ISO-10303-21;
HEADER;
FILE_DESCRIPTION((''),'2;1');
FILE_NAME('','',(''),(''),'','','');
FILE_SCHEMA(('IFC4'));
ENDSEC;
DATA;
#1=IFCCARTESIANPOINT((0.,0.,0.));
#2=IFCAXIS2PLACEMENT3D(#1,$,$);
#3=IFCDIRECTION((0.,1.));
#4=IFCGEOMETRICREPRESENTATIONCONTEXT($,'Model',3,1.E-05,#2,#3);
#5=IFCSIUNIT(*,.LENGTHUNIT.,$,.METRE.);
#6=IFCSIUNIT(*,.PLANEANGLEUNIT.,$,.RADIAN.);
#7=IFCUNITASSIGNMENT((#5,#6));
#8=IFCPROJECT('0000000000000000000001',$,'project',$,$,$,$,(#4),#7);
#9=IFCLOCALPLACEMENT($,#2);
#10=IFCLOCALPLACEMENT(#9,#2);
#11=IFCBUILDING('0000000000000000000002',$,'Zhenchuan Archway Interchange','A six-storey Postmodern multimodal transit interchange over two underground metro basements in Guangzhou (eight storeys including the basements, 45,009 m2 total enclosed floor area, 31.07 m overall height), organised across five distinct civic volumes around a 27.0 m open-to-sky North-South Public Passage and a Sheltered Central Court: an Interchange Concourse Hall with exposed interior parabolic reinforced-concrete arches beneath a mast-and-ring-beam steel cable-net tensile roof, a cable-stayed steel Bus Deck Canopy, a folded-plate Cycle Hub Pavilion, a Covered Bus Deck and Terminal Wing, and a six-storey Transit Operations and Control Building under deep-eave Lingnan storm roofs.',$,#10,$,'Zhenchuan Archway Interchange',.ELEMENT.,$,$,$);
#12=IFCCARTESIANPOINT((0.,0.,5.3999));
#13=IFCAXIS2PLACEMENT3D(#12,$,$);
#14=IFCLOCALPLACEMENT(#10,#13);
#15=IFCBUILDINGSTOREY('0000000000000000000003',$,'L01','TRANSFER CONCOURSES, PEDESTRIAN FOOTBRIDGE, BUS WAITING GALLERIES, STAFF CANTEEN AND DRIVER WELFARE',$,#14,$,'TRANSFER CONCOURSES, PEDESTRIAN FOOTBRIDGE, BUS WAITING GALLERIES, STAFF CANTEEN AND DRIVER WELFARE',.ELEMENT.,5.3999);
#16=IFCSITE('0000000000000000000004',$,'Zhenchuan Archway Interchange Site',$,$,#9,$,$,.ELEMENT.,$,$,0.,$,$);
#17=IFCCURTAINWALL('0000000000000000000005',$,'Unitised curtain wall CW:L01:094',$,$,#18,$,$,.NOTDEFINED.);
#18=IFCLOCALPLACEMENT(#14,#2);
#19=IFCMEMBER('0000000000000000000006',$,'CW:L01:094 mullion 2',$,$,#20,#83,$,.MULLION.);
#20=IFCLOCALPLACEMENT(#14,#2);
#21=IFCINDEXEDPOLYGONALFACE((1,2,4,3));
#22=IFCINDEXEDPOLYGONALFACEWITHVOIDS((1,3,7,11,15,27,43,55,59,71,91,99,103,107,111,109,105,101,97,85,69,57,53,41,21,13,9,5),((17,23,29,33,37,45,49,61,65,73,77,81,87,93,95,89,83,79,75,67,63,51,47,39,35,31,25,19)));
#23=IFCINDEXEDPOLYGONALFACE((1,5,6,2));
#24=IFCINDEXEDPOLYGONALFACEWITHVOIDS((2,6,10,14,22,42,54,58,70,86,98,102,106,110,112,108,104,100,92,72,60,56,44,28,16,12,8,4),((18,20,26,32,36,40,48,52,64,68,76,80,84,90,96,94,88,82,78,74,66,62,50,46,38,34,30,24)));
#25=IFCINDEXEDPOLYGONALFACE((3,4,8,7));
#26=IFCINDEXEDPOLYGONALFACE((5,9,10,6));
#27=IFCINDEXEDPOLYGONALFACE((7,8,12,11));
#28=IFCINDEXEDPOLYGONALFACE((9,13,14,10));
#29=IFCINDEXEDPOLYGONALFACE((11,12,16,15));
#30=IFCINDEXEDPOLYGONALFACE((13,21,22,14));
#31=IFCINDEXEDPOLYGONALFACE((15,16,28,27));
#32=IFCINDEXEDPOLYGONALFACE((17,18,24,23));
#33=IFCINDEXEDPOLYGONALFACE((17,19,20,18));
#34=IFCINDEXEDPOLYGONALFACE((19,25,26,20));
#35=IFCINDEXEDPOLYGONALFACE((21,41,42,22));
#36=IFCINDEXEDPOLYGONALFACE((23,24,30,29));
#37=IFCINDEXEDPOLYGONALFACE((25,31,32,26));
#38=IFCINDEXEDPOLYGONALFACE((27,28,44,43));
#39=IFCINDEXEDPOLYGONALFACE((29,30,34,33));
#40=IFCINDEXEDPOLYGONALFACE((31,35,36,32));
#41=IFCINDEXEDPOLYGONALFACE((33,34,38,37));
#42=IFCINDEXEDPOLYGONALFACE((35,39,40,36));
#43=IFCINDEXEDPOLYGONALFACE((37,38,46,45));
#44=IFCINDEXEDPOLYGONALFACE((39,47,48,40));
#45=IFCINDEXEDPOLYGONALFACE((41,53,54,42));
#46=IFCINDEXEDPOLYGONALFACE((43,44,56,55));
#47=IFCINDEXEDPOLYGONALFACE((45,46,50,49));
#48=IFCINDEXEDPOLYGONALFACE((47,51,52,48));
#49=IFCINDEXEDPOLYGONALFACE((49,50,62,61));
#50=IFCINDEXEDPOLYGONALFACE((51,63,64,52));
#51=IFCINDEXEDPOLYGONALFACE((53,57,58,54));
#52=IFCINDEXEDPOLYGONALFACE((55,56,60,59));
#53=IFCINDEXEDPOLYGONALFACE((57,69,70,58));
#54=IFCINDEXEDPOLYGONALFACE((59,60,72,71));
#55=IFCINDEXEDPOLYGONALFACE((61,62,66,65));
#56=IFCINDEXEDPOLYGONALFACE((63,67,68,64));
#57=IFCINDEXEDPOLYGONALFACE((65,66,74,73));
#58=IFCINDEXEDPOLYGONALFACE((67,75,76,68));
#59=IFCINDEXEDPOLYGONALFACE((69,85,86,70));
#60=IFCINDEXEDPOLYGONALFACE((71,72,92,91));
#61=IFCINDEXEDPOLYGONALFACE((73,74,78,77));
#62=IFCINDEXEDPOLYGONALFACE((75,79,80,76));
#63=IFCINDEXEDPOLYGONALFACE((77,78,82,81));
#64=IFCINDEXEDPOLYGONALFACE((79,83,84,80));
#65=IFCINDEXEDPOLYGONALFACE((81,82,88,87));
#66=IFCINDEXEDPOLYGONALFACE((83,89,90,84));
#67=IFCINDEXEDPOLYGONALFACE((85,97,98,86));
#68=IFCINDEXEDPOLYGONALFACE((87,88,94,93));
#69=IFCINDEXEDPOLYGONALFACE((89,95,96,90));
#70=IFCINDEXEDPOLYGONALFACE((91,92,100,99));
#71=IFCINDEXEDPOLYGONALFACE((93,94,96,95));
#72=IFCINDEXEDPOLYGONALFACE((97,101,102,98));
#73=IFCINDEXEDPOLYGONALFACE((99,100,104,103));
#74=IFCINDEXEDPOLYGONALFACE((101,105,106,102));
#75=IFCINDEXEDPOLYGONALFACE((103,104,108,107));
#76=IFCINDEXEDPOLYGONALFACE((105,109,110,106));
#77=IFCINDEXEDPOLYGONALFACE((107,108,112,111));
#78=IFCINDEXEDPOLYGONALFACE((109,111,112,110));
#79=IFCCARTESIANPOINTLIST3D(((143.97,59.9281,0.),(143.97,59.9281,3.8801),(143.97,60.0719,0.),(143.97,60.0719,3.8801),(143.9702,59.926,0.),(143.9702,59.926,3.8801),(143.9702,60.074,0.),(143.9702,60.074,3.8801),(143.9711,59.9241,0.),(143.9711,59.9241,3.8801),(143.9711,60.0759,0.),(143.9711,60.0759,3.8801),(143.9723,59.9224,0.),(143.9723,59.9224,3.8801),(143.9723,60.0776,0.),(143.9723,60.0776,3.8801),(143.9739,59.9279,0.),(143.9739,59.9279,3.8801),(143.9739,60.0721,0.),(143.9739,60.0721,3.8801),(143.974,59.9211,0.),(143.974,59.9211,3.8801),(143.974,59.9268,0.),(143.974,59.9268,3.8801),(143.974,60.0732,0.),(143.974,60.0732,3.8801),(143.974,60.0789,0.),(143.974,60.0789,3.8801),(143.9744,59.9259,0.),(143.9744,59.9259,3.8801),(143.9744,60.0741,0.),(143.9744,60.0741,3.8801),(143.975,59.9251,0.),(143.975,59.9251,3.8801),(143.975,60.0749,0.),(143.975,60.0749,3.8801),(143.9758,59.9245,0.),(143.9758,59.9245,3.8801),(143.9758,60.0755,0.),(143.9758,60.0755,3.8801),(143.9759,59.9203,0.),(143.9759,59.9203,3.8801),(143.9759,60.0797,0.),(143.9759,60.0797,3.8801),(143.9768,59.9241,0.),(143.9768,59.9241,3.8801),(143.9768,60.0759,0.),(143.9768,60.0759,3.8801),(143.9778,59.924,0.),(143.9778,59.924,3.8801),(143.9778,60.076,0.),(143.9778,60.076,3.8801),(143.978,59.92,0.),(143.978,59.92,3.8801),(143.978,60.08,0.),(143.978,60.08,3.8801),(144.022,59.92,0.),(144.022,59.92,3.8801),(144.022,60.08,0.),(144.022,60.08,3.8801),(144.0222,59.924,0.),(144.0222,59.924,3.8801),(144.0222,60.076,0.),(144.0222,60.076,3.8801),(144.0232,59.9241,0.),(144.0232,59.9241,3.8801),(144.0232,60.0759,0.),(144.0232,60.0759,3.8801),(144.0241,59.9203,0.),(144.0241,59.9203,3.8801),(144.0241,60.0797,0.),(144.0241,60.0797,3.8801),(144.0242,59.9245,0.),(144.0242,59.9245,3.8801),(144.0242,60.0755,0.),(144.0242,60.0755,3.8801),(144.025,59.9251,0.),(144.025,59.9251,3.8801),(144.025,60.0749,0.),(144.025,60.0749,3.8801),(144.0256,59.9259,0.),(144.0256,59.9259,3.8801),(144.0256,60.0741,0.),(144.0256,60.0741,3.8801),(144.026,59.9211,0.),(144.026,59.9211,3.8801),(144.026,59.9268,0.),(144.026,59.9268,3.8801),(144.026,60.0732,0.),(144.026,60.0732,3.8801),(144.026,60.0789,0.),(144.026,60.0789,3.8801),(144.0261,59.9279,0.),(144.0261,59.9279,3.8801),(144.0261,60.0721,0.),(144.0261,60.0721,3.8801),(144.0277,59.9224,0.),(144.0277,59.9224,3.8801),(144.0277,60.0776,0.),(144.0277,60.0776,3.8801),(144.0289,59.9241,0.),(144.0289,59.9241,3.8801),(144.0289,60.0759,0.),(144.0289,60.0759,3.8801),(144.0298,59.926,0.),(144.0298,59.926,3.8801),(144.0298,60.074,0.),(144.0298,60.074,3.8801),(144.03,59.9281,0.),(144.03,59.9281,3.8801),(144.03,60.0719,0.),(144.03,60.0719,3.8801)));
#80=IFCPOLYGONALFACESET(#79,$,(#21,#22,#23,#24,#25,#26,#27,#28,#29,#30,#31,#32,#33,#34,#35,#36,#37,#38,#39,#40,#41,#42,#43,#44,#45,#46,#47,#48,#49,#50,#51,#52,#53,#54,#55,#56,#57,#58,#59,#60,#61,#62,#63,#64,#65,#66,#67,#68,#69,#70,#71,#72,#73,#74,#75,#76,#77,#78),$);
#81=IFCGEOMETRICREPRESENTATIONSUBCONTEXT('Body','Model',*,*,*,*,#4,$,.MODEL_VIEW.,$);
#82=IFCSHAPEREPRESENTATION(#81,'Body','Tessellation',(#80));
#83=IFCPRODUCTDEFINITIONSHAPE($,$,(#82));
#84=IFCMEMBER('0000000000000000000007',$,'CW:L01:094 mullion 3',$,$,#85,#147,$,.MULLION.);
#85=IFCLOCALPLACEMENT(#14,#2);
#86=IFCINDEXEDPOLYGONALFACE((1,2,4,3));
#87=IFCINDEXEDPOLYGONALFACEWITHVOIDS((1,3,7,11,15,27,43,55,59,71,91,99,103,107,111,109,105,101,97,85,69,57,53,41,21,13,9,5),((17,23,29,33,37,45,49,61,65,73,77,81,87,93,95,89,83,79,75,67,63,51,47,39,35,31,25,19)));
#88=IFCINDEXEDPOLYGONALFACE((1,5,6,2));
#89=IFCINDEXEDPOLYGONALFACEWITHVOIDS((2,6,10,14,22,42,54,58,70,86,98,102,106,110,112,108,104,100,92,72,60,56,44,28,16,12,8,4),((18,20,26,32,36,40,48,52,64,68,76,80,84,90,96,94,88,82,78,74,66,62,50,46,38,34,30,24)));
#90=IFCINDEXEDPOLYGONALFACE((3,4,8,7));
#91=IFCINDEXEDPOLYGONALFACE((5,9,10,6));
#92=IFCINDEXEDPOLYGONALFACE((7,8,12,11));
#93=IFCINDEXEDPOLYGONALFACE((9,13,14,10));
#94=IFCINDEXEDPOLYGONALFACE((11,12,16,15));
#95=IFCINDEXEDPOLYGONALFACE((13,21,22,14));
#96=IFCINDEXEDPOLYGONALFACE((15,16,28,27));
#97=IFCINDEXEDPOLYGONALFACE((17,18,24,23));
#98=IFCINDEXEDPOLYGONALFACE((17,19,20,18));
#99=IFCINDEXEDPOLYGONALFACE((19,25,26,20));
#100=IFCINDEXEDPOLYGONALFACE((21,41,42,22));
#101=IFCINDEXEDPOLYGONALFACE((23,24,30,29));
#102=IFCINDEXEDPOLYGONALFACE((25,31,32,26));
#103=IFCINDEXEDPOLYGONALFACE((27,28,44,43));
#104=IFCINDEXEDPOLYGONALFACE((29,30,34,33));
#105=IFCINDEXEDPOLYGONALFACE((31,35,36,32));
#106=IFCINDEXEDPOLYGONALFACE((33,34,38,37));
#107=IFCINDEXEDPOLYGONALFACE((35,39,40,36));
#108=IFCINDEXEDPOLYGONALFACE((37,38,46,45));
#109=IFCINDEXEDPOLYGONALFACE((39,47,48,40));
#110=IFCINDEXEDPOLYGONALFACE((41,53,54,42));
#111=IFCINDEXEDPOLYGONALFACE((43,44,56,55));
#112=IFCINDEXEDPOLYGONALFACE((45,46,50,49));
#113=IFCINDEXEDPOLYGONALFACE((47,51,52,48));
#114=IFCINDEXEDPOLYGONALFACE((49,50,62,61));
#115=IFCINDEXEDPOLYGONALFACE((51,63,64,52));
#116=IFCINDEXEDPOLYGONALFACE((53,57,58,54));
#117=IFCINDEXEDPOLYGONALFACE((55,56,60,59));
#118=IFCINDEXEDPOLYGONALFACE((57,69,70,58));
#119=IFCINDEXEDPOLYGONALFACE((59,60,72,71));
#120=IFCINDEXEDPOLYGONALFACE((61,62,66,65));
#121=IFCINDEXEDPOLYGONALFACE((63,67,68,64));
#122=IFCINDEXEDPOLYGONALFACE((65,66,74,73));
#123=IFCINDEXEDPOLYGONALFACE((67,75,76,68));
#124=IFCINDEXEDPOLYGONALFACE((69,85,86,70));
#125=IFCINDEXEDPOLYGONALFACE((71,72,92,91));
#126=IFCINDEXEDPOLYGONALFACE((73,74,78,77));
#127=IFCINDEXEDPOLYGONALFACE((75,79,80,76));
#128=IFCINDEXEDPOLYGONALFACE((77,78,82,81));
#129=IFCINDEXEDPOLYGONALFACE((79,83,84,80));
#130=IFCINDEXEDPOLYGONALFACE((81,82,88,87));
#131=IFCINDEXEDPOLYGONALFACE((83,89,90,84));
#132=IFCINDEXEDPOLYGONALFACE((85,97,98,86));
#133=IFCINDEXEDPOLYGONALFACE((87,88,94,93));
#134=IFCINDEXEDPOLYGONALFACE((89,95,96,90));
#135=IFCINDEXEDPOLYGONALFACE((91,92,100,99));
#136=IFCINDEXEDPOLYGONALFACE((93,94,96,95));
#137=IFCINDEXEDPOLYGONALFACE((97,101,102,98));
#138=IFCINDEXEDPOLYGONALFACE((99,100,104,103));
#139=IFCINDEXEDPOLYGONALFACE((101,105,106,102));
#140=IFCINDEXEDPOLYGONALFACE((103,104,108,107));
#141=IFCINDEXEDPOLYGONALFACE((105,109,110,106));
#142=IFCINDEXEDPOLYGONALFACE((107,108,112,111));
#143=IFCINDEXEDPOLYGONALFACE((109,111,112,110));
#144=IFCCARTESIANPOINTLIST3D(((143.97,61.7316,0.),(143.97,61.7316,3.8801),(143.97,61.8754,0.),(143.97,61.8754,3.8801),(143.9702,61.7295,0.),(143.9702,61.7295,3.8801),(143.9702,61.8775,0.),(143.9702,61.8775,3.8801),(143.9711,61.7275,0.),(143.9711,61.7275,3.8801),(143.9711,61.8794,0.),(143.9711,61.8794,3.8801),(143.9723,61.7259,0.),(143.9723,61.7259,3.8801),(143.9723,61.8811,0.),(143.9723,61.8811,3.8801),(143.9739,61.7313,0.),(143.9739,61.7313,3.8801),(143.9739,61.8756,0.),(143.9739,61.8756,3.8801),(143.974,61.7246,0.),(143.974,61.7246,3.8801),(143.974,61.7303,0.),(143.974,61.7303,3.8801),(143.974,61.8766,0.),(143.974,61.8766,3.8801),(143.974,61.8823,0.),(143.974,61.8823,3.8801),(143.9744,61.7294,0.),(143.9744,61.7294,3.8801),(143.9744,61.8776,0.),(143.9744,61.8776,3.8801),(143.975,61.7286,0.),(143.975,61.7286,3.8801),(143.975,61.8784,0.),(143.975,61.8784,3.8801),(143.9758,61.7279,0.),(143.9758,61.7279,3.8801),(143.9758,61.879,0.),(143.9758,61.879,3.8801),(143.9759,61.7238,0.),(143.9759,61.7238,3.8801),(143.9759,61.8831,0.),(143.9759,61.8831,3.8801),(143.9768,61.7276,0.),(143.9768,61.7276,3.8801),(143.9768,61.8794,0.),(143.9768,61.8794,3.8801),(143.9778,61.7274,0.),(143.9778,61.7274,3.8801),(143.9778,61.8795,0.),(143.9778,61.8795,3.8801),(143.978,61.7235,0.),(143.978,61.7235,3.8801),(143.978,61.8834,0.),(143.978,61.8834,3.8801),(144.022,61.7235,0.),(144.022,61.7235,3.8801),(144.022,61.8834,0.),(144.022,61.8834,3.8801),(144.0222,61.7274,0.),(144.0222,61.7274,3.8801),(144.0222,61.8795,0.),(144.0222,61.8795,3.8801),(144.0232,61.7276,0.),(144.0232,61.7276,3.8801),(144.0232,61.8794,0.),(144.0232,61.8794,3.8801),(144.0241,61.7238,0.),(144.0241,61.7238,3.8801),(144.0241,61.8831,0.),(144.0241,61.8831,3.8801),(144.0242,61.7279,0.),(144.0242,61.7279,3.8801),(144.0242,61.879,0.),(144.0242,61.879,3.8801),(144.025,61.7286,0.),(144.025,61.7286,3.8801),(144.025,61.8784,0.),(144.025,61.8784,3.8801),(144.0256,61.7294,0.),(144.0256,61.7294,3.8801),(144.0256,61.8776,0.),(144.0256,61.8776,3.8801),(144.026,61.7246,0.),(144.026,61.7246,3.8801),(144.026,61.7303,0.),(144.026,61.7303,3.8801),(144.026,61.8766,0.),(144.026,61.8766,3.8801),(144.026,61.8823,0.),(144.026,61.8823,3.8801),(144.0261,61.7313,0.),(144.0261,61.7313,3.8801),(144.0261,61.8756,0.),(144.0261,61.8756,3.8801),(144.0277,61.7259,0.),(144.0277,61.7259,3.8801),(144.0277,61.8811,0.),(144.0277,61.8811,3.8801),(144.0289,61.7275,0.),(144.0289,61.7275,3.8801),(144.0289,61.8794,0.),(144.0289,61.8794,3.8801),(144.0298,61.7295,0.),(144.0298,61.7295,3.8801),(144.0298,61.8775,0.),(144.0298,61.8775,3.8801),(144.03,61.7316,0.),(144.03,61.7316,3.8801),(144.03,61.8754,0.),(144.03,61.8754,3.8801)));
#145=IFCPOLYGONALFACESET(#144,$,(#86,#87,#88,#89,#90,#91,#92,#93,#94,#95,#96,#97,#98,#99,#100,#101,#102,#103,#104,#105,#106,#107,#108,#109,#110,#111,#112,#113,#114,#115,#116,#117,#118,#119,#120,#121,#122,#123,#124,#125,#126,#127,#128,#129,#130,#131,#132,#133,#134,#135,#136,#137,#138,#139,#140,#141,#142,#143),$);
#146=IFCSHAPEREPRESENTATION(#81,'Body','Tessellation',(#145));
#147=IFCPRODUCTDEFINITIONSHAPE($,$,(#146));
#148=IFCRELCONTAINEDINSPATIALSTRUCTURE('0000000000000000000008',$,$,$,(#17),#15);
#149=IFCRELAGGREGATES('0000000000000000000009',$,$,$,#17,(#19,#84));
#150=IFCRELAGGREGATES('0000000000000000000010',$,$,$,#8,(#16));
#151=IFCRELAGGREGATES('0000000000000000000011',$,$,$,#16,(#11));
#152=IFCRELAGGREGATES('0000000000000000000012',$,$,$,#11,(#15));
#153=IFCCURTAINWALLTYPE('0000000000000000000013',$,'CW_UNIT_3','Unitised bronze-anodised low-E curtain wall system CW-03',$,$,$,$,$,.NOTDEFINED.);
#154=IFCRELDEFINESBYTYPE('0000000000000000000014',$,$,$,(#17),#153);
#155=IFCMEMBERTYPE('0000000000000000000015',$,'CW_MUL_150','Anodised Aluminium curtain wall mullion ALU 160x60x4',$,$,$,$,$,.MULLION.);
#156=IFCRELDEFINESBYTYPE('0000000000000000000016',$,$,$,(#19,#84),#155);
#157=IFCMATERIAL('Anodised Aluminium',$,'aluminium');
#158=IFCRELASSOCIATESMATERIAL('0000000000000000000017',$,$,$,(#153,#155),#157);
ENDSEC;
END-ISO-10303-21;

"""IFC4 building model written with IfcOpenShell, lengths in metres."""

from ifc_helpers import new_model, si_unit, direction, frame, origin, origin_2d, place, context, subcontext, project, spatial, hollow_rectangle, extrude, material, material_profile, profile_set, type_object, element, aggregate, save


model = new_model("IFC4")

# Units and contexts
model_context = context("Model", 3, precision=1e-05, world=origin(), true_north=direction((0.0, 1.0)))
body_context = subcontext(model_context, "Body", "Model", "MODEL_VIEW")
ifc_project = project(units=[si_unit("LENGTHUNIT", "METRE"), si_unit("PLANEANGLEUNIT", "RADIAN")], contexts=[model_context])

# Site, building, storey
site_placement = place(None, origin())
site = spatial("IfcSite", under=ifc_project, at=site_placement, Name="Zhenchuan Archway Interchange Site", CompositionType="ELEMENT", RefElevation=0.0)
building_placement = place(site_placement, origin())
building = spatial("IfcBuilding", under=site, at=building_placement, Name="Zhenchuan Archway Interchange", Description="A six-storey Postmodern multimodal transit interchange over two underground metro basements in Guangzhou (eight storeys including the basements, 45,009 m2 total enclosed floor area, 31.07 m overall height), organised across five distinct civic volumes around a 27.0 m open-to-sky North-South Public Passage and a Sheltered Central Court: an Interchange Concourse Hall with exposed interior parabolic reinforced-concrete arches beneath a mast-and-ring-beam steel cable-net tensile roof, a cable-stayed steel Bus Deck Canopy, a folded-plate Cycle Hub Pavilion, a Covered Bus Deck and Terminal Wing, and a six-storey Transit Operations and Control Building under deep-eave Lingnan storm roofs.", LongName="Zhenchuan Archway Interchange", CompositionType="ELEMENT")
storey_placement = place(building_placement, frame((0.0, 0.0, 5.3999)))
storey = spatial("IfcBuildingStorey", under=building, at=storey_placement, Name="L01", Description="TRANSFER CONCOURSES, PEDESTRIAN FOOTBRIDGE, BUS WAITING GALLERIES, STAFF CANTEEN AND DRIVER WELFARE", LongName="TRANSFER CONCOURSES, PEDESTRIAN FOOTBRIDGE, BUS WAITING GALLERIES, STAFF CANTEEN AND DRIVER WELFARE", CompositionType="ELEMENT", Elevation=5.3999)

# Curtain wall, members
ifc_material_1 = material(Name="Anodised Aluminium", Category="aluminium")
curtain_wall_type = type_object("IfcCurtainWallType", Name="CW_UNIT_3", Description="Unitised bronze-anodised low-E curtain wall system CW-03", PredefinedType="NOTDEFINED", material=ifc_material_1)
curtain_wall_placement = place(storey_placement, origin())
curtain_wall = element("IfcCurtainWall", 1, at=curtain_wall_placement, inside=storey, type_object=curtain_wall_type, Name="Unitised curtain wall CW:L01:094", PredefinedType="NOTDEFINED")
ifc_material_profile_1 = material_profile(ifc_material_1, hollow_rectangle(XDim=0.0601, YDim=0.1599, WallThickness=0.0039, InnerFilletRadius=0.0039, OuterFilletRadius=0.0081, at=origin_2d()), Name="ALU 160x60x4")
ifc_profile_set_1 = profile_set([ifc_material_profile_1], Name="Anodised Aluminium")
member_type_1 = type_object("IfcMemberType", Name="CW_MUL_150", Description="Anodised Aluminium curtain wall mullion ALU 160x60x4", PredefinedType="MULLION", material=ifc_profile_set_1)
member_1_placement = place(storey_placement, frame((144.0, 60.0, 0.0), z_axis=(0.0, 0.0, 1.0), x_axis=(1.0, 0.0, 0.0)))
member_1 = element("IfcMember", 2, at=member_1_placement, type_object=member_type_1, Name="CW:L01:094 mullion 2", PredefinedType="MULLION", context=body_context, shape_type="SweptSolid", body=[
    extrude(hollow_rectangle(XDim=0.0601, YDim=0.1599, WallThickness=0.0039, InnerFilletRadius=0.0039, OuterFilletRadius=0.0081, at=origin_2d()), origin(), (0.0, 0.0, 1.0), 3.8801),
])
member_2_placement = place(storey_placement, frame((144.0, 61.8035, 0.0), z_axis=(0.0, 0.0, 1.0), x_axis=(1.0, 0.0, 0.0)))
member_2 = element("IfcMember", 3, at=member_2_placement, type_object=member_type_1, Name="CW:L01:094 mullion 3", PredefinedType="MULLION", context=body_context, shape_type="SweptSolid", body=[
    extrude(hollow_rectangle(XDim=0.0601, YDim=0.1599, WallThickness=0.0039, InnerFilletRadius=0.0039, OuterFilletRadius=0.0081, at=origin_2d()), origin(), (0.0, 0.0, 1.0), 3.8801),
])

aggregate(curtain_wall, [member_1, member_2])

save(model, "model.ifc")
